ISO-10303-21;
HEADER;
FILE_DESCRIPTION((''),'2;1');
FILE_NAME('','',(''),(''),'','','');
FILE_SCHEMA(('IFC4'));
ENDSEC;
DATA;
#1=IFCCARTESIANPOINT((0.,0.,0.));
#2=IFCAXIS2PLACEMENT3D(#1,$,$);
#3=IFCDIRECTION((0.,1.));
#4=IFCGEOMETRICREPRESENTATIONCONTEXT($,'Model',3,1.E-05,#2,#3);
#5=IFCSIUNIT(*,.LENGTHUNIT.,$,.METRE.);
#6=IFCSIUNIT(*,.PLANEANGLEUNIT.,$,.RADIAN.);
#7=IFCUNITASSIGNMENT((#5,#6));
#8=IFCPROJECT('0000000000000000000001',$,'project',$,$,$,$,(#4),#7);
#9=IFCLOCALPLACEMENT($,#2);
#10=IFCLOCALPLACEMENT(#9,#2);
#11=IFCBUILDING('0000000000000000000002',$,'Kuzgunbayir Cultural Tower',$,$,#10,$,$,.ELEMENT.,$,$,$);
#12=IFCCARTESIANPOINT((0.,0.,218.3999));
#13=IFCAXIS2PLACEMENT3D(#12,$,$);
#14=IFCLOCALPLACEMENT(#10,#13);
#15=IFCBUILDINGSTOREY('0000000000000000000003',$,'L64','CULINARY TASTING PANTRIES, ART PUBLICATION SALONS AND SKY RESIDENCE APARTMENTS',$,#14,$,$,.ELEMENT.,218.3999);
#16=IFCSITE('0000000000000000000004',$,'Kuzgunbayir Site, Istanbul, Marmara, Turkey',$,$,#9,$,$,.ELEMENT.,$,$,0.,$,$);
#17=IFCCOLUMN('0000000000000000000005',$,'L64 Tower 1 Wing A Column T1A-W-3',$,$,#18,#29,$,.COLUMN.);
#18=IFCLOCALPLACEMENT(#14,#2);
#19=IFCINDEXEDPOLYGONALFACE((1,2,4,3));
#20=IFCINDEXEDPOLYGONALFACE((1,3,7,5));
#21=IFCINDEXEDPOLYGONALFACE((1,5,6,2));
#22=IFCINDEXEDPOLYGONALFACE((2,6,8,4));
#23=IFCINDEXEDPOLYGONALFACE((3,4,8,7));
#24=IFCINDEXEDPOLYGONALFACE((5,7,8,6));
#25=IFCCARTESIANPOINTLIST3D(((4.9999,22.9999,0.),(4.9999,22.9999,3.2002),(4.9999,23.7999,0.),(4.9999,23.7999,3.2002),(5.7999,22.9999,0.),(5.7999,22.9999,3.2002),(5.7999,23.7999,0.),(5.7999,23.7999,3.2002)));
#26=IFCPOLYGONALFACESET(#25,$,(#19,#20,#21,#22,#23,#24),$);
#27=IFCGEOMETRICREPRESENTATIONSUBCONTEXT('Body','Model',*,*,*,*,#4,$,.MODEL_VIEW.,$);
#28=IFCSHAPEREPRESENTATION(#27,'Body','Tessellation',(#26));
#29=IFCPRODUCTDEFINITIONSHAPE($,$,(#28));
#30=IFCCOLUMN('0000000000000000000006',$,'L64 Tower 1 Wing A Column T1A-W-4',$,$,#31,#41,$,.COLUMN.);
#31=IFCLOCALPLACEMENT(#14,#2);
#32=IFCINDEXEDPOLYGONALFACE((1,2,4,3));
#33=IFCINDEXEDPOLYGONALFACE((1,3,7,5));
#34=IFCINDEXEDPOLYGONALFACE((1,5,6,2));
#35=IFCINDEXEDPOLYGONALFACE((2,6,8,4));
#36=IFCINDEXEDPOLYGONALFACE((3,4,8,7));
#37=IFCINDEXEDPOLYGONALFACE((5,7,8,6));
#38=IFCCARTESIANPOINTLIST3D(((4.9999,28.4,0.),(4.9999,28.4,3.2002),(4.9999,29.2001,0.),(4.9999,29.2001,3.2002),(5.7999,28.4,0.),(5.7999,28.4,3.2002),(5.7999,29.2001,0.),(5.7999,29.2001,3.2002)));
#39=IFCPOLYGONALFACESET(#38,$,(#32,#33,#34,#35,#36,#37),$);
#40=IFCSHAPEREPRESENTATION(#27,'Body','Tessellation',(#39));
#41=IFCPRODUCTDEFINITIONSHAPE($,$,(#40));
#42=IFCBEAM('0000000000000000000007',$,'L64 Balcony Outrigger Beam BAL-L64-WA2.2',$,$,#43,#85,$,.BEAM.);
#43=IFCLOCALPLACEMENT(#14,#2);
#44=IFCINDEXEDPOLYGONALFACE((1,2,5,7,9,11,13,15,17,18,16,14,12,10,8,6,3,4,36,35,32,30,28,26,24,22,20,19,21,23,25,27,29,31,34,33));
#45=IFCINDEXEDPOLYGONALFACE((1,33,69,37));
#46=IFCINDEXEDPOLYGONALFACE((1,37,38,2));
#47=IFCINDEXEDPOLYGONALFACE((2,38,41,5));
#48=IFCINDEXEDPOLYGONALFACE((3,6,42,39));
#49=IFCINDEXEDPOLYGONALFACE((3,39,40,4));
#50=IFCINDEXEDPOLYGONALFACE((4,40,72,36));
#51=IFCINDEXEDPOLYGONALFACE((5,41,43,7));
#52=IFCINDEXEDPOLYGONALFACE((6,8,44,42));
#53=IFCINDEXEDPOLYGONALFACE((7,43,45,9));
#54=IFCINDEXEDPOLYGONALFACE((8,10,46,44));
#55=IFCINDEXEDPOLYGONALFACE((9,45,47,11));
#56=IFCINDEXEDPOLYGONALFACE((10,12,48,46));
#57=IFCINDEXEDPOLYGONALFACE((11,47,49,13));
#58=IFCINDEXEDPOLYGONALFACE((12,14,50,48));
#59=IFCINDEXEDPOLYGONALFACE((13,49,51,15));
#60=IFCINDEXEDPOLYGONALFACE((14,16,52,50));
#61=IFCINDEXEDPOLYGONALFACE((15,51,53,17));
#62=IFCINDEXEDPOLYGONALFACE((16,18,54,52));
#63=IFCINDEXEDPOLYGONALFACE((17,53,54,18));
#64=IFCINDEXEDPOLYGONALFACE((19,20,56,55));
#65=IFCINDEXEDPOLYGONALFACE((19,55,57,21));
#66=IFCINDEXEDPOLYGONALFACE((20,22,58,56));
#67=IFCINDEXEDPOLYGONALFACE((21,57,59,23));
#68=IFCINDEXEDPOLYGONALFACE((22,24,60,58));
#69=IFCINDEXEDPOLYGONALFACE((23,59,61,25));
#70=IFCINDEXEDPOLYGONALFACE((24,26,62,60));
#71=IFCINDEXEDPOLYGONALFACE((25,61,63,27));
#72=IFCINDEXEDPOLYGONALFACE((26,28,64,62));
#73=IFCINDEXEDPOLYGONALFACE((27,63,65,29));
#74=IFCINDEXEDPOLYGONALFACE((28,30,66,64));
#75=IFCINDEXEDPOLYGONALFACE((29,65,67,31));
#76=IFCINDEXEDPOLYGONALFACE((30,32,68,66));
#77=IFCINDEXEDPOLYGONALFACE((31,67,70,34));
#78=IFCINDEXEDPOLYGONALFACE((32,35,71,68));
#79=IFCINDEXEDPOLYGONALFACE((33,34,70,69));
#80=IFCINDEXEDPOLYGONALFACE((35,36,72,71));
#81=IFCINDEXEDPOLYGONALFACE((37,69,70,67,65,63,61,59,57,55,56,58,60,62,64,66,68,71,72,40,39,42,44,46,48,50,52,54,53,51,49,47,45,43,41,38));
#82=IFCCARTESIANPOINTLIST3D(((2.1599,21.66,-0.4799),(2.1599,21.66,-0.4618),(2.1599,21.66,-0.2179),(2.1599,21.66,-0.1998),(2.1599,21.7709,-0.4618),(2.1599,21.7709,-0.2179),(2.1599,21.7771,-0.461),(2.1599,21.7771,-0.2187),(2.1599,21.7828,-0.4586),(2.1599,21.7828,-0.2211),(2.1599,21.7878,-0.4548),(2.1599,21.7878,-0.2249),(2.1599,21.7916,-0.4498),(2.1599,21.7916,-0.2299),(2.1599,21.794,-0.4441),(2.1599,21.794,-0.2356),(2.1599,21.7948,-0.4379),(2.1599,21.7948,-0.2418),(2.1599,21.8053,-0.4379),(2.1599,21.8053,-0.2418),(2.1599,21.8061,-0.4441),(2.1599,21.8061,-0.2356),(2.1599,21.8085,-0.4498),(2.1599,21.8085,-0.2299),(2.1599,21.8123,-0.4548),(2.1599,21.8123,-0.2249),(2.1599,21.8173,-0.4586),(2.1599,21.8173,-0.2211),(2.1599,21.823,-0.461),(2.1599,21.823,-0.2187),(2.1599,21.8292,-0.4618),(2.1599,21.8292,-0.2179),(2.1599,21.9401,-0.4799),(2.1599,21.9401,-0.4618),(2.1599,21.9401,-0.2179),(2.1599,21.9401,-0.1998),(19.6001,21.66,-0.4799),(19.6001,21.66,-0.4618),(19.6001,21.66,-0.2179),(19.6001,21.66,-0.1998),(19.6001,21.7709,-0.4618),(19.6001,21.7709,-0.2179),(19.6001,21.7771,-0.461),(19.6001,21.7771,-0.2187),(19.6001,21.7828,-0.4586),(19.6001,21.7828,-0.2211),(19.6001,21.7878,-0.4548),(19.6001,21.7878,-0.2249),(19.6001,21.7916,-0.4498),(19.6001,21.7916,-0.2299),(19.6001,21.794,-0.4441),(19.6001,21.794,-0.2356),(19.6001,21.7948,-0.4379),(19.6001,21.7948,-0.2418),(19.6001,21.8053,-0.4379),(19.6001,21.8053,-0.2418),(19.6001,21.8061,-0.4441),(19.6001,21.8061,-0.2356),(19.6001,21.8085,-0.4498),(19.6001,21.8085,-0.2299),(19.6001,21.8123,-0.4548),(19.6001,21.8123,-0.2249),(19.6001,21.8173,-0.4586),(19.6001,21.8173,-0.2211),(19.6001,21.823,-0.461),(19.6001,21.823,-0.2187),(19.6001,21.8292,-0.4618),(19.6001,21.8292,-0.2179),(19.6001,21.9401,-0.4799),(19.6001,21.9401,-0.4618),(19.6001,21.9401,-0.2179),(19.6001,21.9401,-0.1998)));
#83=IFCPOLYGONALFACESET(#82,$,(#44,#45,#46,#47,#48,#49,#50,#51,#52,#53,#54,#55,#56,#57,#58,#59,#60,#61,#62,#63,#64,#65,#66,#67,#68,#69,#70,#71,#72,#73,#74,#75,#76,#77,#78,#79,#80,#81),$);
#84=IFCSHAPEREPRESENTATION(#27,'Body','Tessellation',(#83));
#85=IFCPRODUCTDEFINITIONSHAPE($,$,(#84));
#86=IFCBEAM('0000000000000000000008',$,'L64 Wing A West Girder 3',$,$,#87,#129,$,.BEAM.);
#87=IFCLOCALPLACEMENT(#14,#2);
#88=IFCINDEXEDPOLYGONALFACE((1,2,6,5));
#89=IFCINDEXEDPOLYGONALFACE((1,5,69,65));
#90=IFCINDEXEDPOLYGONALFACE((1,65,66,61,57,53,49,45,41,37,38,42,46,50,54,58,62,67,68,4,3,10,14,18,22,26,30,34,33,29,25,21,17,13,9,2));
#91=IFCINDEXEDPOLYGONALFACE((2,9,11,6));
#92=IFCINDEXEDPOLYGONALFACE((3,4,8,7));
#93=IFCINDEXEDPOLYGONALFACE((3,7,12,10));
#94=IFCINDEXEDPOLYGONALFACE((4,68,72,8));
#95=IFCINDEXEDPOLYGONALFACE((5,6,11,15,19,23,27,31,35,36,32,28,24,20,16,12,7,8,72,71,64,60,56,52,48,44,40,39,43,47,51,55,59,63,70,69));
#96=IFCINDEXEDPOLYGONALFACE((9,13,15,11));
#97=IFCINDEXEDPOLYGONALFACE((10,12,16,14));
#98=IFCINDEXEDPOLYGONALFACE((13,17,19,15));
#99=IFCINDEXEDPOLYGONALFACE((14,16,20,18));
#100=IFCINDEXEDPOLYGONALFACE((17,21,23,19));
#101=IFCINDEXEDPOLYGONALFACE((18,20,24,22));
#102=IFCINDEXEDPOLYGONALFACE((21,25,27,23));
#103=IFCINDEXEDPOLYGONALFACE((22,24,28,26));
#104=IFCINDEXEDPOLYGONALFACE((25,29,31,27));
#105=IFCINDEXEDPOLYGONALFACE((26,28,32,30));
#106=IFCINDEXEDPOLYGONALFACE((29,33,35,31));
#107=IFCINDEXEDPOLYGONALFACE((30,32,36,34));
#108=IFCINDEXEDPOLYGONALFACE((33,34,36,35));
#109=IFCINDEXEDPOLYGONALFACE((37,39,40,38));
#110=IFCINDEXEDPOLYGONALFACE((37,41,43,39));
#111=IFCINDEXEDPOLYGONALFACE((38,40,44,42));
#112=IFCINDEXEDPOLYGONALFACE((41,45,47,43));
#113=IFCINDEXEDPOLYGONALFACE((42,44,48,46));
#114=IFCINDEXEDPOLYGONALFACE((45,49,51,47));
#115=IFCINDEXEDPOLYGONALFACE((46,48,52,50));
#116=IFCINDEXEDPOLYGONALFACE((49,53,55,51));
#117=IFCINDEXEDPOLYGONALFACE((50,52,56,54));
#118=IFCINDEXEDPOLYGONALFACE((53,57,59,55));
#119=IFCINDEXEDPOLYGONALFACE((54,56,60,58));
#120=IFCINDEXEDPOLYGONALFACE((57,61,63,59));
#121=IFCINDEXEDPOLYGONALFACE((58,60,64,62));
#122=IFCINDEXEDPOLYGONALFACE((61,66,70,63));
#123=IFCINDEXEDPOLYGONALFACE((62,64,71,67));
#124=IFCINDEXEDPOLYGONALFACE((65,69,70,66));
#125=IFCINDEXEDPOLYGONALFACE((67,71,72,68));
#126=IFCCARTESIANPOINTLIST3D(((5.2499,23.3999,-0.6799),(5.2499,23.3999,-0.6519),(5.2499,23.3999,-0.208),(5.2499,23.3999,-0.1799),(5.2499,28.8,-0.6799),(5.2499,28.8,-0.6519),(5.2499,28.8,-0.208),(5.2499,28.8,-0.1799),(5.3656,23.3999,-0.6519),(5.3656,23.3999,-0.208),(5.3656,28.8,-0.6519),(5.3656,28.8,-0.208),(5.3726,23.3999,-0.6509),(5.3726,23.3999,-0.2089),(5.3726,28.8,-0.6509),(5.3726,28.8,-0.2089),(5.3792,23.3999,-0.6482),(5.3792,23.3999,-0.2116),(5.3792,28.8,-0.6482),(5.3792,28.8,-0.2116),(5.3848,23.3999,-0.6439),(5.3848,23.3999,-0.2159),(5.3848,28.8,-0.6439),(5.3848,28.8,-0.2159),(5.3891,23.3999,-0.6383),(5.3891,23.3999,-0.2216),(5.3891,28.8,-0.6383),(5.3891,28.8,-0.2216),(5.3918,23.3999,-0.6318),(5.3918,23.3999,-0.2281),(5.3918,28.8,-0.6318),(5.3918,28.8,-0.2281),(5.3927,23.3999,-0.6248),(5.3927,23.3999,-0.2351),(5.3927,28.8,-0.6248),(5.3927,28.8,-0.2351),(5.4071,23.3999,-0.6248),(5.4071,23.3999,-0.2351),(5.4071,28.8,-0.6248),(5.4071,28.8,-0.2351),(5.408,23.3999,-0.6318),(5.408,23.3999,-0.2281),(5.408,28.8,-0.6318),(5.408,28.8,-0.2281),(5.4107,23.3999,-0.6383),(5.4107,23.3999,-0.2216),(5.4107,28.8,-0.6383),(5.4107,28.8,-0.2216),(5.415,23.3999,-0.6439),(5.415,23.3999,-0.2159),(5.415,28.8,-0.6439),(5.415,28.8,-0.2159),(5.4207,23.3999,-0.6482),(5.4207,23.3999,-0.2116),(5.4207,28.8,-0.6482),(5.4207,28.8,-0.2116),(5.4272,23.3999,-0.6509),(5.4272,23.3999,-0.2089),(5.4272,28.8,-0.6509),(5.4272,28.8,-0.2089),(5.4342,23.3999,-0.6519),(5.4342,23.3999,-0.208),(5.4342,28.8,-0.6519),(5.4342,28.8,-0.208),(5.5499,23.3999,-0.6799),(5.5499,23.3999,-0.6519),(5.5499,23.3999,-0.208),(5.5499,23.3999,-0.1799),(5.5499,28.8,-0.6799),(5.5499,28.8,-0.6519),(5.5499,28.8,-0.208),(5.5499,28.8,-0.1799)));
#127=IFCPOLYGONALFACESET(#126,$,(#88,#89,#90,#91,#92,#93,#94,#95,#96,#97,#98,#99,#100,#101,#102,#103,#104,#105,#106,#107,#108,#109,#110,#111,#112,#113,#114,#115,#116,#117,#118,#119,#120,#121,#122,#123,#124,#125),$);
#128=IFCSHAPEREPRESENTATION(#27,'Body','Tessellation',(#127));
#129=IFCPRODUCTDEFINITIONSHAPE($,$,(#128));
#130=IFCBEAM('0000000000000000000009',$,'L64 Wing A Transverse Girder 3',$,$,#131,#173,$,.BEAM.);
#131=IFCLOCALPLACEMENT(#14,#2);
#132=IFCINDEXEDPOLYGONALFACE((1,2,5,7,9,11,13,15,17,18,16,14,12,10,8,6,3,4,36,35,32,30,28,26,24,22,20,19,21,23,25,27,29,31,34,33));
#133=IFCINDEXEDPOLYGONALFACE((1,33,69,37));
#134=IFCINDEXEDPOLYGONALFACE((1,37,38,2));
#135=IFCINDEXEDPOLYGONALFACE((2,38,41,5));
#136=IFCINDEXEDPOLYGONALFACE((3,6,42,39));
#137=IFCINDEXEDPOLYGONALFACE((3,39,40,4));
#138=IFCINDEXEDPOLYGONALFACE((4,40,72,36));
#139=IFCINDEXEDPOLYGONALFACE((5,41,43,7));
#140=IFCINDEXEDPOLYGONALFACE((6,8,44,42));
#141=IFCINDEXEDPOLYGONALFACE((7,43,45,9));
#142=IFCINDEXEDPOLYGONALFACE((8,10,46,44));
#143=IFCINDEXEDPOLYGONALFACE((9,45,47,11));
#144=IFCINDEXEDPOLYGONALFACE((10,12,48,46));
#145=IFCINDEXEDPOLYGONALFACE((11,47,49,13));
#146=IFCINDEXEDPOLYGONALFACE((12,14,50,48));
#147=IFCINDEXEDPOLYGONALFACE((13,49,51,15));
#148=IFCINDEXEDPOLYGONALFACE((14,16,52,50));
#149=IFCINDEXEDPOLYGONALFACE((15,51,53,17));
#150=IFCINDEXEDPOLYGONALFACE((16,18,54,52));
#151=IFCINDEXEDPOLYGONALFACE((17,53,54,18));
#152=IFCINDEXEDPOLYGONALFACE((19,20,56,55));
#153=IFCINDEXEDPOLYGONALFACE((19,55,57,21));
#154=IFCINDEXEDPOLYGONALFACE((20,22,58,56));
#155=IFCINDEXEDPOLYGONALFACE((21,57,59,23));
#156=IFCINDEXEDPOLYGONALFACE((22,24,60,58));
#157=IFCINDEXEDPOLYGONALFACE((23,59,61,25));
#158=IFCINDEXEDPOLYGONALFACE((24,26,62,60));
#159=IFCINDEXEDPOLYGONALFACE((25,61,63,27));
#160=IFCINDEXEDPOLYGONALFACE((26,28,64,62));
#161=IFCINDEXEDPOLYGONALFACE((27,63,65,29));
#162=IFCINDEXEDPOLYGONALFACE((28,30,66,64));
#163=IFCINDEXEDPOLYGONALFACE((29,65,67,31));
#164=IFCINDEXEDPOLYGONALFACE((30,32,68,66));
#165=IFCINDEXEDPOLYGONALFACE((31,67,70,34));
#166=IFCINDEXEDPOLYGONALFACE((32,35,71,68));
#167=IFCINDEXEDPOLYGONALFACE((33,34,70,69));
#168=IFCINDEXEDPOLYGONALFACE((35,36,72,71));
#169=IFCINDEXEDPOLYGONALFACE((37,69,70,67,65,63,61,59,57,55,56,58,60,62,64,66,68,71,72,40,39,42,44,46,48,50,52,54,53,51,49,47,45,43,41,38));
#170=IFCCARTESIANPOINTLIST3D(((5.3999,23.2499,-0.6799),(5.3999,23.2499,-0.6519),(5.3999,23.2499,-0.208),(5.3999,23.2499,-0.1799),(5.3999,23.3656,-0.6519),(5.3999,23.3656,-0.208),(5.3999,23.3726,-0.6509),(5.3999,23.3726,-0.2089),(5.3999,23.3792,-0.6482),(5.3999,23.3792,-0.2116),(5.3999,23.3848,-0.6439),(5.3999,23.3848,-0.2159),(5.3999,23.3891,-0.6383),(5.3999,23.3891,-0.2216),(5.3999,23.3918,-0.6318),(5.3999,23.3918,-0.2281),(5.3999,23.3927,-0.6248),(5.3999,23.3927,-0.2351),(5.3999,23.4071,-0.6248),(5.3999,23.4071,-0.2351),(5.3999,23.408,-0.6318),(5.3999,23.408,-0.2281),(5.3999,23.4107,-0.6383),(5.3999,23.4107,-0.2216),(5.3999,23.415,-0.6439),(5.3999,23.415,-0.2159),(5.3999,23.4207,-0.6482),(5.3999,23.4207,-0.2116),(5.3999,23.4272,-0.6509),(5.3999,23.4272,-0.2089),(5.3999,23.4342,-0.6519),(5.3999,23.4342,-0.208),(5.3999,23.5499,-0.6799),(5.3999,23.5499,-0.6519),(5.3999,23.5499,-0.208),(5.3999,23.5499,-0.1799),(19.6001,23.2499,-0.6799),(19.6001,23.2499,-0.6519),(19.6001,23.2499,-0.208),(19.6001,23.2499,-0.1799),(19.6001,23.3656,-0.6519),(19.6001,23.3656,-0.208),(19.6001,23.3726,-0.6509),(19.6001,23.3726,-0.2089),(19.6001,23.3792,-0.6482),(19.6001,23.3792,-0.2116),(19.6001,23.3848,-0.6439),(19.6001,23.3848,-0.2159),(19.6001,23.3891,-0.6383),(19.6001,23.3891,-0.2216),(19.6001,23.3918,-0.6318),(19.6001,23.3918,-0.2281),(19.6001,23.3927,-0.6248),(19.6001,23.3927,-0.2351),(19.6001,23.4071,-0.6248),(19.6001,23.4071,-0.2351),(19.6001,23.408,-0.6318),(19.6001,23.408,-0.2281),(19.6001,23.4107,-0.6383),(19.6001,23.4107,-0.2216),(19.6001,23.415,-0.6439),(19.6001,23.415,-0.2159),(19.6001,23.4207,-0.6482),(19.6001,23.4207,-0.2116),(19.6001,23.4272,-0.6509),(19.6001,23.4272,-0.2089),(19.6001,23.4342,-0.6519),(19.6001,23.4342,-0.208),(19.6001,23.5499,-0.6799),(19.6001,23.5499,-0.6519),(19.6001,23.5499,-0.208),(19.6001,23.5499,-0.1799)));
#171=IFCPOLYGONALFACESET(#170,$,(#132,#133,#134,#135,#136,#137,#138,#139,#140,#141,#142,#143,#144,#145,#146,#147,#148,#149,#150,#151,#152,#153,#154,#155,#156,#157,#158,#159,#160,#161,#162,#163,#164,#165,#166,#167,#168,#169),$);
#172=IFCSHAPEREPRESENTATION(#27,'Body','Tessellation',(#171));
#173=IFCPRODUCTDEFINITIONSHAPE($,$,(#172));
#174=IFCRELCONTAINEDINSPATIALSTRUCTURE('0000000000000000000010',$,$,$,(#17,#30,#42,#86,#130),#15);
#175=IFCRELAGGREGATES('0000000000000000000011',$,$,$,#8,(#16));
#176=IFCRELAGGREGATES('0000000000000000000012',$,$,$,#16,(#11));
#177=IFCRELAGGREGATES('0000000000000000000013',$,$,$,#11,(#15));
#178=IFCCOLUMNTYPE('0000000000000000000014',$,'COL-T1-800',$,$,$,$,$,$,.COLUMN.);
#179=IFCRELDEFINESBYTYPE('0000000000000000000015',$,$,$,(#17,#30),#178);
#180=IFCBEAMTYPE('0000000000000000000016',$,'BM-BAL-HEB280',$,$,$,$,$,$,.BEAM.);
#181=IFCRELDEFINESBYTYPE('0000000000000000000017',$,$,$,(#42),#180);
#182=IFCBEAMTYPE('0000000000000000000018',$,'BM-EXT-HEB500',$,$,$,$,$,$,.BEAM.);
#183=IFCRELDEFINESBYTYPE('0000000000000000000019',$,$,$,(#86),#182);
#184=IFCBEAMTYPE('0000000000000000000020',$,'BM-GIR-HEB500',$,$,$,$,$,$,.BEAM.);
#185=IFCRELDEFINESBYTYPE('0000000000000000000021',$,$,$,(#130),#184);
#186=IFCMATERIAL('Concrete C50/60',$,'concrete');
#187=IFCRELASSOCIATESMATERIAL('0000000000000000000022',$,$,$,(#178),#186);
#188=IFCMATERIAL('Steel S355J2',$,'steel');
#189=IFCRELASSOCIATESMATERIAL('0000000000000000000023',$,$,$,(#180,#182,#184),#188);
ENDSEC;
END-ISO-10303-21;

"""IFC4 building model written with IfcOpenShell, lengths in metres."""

from ifc_helpers import new_model, si_unit, direction, frame, origin, origin_2d, place, context, subcontext, project, spatial, rectangle, i_section, extrude, material, material_profile, profile_set, type_object, element, save


model = new_model("IFC4")

# Units and contexts
model_context = context("Model", 3, precision=1e-05, world=origin(), true_north=direction((0.0, 1.0)))
body_context = subcontext(model_context, "Body", "Model", "MODEL_VIEW")
ifc_project = project(units=[si_unit("LENGTHUNIT", "METRE"), si_unit("PLANEANGLEUNIT", "RADIAN")], contexts=[model_context])

# Site, building, storey
site_placement = place(None, origin())
site = spatial("IfcSite", under=ifc_project, at=site_placement, Name="Kuzgunbayir Site, Istanbul, Marmara, Turkey", CompositionType="ELEMENT", RefElevation=0.0)
building_placement = place(site_placement, origin())
building = spatial("IfcBuilding", under=site, at=building_placement, Name="Kuzgunbayir Cultural Tower", CompositionType="ELEMENT")
storey_placement = place(building_placement, frame((0.0, 0.0, 218.3999)))
storey = spatial("IfcBuildingStorey", under=building, at=storey_placement, Name="L64", Description="CULINARY TASTING PANTRIES, ART PUBLICATION SALONS AND SKY RESIDENCE APARTMENTS", CompositionType="ELEMENT", Elevation=218.3999)

# Columns
ifc_material_1 = material(Name="Concrete C50/60", Category="concrete")
ifc_material_profile_1 = material_profile(ifc_material_1, rectangle(XDim=0.8, YDim=0.8, at=origin_2d()), Name="RC 800x800")
ifc_profile_set_1 = profile_set([ifc_material_profile_1], Name="Concrete C50/60")
column_type = type_object("IfcColumnType", Name="COL-T1-800", PredefinedType="COLUMN", material=ifc_profile_set_1)
for number, where, z_axis, x_axis, name in (
    (1, (5.3999, 23.3999, 0.0), (0.0, 0.0, 1.0), (1.0, 0.0, 0.0), "L64 Tower 1 Wing A Column T1A-W-3"),
    (2, (5.3999, 28.8, 0.0), (0.0, 0.0, 1.0), (1.0, 0.0, 0.0), "L64 Tower 1 Wing A Column T1A-W-4"),
):
    element("IfcColumn", number, at=place(storey_placement, frame(where, z_axis=z_axis, x_axis=x_axis)), inside=storey, type_object=column_type, Name=name, PredefinedType="COLUMN", context=body_context, shape_type="SweptSolid", body=[
        extrude(rectangle(XDim=0.8, YDim=0.8, at=origin_2d()), origin(), (0.0, 0.0, 1.0), 3.2002),
    ])

# Beams
ifc_material_2 = material(Name="Steel S355J2", Category="steel")
ifc_material_profile_2 = material_profile(ifc_material_2, i_section(OverallWidth=0.28, OverallDepth=0.28, WebThickness=0.0105, FlangeThickness=0.0181, FilletRadius=0.0239, at=origin_2d()), Name="HEB 280")
ifc_profile_set_2 = profile_set([ifc_material_profile_2], Name="Steel S355J2")
beam_type_1 = type_object("IfcBeamType", Name="BM-BAL-HEB280", PredefinedType="BEAM", material=ifc_profile_set_2)
beam_1_placement = place(storey_placement, frame((2.1599, 21.8, -0.3398), z_axis=(1.0, 0.0, 0.0), x_axis=(0.0, 1.0, 0.0)))
element("IfcBeam", 3, at=beam_1_placement, inside=storey, type_object=beam_type_1, Name="L64 Balcony Outrigger Beam BAL-L64-WA2.2", PredefinedType="BEAM", context=body_context, shape_type="SweptSolid", body=[
    extrude(i_section(OverallWidth=0.28, OverallDepth=0.28, WebThickness=0.0105, FlangeThickness=0.0181, FilletRadius=0.0239, at=origin_2d()), origin(), (0.0, 0.0, 1.0), 17.4402),
])
ifc_material_profile_3 = material_profile(ifc_material_2, i_section(OverallWidth=0.3, OverallDepth=0.5, WebThickness=0.0144, FlangeThickness=0.0281, FilletRadius=0.0271, at=origin_2d()), Name="HEB 500")
ifc_profile_set_3 = profile_set([ifc_material_profile_3], Name="Steel S355J2")
beam_type_2 = type_object("IfcBeamType", Name="BM-EXT-HEB500", PredefinedType="BEAM", material=ifc_profile_set_3)
beam_2_placement = place(storey_placement, frame((5.3999, 23.3999, -0.4299), z_axis=(0.0, 1.0, 0.0), x_axis=(-1.0, 0.0, 0.0)))
element("IfcBeam", 4, at=beam_2_placement, inside=storey, type_object=beam_type_2, Name="L64 Wing A West Girder 3", PredefinedType="BEAM", context=body_context, shape_type="SweptSolid", body=[
    extrude(i_section(OverallWidth=0.3, OverallDepth=0.5, WebThickness=0.0144, FlangeThickness=0.0281, FilletRadius=0.0271, at=origin_2d()), origin(), (0.0, 0.0, 1.0), 5.4001),
])
ifc_material_profile_4 = material_profile(ifc_material_2, i_section(OverallWidth=0.3, OverallDepth=0.5, WebThickness=0.0144, FlangeThickness=0.0281, FilletRadius=0.0271, at=origin_2d()), Name="HEB 500")
ifc_profile_set_4 = profile_set([ifc_material_profile_4], Name="Steel S355J2")
beam_type_3 = type_object("IfcBeamType", Name="BM-GIR-HEB500", PredefinedType="BEAM", material=ifc_profile_set_4)
for number, where, z_axis, x_axis, name in (
    (5, (5.3999, 23.3999, -0.4299), (1.0, 0.0, 0.0), (0.0, 1.0, 0.0), "L64 Wing A Transverse Girder 3"),
):
    element("IfcBeam", number, at=place(storey_placement, frame(where, z_axis=z_axis, x_axis=x_axis)), inside=storey, type_object=beam_type_3, Name=name, PredefinedType="BEAM", context=body_context, shape_type="SweptSolid", body=[
        extrude(i_section(OverallWidth=0.3, OverallDepth=0.5, WebThickness=0.0144, FlangeThickness=0.0281, FilletRadius=0.0271, at=origin_2d()), origin(), (0.0, 0.0, 1.0), 14.2002),
    ])

save(model, "model.ifc")
